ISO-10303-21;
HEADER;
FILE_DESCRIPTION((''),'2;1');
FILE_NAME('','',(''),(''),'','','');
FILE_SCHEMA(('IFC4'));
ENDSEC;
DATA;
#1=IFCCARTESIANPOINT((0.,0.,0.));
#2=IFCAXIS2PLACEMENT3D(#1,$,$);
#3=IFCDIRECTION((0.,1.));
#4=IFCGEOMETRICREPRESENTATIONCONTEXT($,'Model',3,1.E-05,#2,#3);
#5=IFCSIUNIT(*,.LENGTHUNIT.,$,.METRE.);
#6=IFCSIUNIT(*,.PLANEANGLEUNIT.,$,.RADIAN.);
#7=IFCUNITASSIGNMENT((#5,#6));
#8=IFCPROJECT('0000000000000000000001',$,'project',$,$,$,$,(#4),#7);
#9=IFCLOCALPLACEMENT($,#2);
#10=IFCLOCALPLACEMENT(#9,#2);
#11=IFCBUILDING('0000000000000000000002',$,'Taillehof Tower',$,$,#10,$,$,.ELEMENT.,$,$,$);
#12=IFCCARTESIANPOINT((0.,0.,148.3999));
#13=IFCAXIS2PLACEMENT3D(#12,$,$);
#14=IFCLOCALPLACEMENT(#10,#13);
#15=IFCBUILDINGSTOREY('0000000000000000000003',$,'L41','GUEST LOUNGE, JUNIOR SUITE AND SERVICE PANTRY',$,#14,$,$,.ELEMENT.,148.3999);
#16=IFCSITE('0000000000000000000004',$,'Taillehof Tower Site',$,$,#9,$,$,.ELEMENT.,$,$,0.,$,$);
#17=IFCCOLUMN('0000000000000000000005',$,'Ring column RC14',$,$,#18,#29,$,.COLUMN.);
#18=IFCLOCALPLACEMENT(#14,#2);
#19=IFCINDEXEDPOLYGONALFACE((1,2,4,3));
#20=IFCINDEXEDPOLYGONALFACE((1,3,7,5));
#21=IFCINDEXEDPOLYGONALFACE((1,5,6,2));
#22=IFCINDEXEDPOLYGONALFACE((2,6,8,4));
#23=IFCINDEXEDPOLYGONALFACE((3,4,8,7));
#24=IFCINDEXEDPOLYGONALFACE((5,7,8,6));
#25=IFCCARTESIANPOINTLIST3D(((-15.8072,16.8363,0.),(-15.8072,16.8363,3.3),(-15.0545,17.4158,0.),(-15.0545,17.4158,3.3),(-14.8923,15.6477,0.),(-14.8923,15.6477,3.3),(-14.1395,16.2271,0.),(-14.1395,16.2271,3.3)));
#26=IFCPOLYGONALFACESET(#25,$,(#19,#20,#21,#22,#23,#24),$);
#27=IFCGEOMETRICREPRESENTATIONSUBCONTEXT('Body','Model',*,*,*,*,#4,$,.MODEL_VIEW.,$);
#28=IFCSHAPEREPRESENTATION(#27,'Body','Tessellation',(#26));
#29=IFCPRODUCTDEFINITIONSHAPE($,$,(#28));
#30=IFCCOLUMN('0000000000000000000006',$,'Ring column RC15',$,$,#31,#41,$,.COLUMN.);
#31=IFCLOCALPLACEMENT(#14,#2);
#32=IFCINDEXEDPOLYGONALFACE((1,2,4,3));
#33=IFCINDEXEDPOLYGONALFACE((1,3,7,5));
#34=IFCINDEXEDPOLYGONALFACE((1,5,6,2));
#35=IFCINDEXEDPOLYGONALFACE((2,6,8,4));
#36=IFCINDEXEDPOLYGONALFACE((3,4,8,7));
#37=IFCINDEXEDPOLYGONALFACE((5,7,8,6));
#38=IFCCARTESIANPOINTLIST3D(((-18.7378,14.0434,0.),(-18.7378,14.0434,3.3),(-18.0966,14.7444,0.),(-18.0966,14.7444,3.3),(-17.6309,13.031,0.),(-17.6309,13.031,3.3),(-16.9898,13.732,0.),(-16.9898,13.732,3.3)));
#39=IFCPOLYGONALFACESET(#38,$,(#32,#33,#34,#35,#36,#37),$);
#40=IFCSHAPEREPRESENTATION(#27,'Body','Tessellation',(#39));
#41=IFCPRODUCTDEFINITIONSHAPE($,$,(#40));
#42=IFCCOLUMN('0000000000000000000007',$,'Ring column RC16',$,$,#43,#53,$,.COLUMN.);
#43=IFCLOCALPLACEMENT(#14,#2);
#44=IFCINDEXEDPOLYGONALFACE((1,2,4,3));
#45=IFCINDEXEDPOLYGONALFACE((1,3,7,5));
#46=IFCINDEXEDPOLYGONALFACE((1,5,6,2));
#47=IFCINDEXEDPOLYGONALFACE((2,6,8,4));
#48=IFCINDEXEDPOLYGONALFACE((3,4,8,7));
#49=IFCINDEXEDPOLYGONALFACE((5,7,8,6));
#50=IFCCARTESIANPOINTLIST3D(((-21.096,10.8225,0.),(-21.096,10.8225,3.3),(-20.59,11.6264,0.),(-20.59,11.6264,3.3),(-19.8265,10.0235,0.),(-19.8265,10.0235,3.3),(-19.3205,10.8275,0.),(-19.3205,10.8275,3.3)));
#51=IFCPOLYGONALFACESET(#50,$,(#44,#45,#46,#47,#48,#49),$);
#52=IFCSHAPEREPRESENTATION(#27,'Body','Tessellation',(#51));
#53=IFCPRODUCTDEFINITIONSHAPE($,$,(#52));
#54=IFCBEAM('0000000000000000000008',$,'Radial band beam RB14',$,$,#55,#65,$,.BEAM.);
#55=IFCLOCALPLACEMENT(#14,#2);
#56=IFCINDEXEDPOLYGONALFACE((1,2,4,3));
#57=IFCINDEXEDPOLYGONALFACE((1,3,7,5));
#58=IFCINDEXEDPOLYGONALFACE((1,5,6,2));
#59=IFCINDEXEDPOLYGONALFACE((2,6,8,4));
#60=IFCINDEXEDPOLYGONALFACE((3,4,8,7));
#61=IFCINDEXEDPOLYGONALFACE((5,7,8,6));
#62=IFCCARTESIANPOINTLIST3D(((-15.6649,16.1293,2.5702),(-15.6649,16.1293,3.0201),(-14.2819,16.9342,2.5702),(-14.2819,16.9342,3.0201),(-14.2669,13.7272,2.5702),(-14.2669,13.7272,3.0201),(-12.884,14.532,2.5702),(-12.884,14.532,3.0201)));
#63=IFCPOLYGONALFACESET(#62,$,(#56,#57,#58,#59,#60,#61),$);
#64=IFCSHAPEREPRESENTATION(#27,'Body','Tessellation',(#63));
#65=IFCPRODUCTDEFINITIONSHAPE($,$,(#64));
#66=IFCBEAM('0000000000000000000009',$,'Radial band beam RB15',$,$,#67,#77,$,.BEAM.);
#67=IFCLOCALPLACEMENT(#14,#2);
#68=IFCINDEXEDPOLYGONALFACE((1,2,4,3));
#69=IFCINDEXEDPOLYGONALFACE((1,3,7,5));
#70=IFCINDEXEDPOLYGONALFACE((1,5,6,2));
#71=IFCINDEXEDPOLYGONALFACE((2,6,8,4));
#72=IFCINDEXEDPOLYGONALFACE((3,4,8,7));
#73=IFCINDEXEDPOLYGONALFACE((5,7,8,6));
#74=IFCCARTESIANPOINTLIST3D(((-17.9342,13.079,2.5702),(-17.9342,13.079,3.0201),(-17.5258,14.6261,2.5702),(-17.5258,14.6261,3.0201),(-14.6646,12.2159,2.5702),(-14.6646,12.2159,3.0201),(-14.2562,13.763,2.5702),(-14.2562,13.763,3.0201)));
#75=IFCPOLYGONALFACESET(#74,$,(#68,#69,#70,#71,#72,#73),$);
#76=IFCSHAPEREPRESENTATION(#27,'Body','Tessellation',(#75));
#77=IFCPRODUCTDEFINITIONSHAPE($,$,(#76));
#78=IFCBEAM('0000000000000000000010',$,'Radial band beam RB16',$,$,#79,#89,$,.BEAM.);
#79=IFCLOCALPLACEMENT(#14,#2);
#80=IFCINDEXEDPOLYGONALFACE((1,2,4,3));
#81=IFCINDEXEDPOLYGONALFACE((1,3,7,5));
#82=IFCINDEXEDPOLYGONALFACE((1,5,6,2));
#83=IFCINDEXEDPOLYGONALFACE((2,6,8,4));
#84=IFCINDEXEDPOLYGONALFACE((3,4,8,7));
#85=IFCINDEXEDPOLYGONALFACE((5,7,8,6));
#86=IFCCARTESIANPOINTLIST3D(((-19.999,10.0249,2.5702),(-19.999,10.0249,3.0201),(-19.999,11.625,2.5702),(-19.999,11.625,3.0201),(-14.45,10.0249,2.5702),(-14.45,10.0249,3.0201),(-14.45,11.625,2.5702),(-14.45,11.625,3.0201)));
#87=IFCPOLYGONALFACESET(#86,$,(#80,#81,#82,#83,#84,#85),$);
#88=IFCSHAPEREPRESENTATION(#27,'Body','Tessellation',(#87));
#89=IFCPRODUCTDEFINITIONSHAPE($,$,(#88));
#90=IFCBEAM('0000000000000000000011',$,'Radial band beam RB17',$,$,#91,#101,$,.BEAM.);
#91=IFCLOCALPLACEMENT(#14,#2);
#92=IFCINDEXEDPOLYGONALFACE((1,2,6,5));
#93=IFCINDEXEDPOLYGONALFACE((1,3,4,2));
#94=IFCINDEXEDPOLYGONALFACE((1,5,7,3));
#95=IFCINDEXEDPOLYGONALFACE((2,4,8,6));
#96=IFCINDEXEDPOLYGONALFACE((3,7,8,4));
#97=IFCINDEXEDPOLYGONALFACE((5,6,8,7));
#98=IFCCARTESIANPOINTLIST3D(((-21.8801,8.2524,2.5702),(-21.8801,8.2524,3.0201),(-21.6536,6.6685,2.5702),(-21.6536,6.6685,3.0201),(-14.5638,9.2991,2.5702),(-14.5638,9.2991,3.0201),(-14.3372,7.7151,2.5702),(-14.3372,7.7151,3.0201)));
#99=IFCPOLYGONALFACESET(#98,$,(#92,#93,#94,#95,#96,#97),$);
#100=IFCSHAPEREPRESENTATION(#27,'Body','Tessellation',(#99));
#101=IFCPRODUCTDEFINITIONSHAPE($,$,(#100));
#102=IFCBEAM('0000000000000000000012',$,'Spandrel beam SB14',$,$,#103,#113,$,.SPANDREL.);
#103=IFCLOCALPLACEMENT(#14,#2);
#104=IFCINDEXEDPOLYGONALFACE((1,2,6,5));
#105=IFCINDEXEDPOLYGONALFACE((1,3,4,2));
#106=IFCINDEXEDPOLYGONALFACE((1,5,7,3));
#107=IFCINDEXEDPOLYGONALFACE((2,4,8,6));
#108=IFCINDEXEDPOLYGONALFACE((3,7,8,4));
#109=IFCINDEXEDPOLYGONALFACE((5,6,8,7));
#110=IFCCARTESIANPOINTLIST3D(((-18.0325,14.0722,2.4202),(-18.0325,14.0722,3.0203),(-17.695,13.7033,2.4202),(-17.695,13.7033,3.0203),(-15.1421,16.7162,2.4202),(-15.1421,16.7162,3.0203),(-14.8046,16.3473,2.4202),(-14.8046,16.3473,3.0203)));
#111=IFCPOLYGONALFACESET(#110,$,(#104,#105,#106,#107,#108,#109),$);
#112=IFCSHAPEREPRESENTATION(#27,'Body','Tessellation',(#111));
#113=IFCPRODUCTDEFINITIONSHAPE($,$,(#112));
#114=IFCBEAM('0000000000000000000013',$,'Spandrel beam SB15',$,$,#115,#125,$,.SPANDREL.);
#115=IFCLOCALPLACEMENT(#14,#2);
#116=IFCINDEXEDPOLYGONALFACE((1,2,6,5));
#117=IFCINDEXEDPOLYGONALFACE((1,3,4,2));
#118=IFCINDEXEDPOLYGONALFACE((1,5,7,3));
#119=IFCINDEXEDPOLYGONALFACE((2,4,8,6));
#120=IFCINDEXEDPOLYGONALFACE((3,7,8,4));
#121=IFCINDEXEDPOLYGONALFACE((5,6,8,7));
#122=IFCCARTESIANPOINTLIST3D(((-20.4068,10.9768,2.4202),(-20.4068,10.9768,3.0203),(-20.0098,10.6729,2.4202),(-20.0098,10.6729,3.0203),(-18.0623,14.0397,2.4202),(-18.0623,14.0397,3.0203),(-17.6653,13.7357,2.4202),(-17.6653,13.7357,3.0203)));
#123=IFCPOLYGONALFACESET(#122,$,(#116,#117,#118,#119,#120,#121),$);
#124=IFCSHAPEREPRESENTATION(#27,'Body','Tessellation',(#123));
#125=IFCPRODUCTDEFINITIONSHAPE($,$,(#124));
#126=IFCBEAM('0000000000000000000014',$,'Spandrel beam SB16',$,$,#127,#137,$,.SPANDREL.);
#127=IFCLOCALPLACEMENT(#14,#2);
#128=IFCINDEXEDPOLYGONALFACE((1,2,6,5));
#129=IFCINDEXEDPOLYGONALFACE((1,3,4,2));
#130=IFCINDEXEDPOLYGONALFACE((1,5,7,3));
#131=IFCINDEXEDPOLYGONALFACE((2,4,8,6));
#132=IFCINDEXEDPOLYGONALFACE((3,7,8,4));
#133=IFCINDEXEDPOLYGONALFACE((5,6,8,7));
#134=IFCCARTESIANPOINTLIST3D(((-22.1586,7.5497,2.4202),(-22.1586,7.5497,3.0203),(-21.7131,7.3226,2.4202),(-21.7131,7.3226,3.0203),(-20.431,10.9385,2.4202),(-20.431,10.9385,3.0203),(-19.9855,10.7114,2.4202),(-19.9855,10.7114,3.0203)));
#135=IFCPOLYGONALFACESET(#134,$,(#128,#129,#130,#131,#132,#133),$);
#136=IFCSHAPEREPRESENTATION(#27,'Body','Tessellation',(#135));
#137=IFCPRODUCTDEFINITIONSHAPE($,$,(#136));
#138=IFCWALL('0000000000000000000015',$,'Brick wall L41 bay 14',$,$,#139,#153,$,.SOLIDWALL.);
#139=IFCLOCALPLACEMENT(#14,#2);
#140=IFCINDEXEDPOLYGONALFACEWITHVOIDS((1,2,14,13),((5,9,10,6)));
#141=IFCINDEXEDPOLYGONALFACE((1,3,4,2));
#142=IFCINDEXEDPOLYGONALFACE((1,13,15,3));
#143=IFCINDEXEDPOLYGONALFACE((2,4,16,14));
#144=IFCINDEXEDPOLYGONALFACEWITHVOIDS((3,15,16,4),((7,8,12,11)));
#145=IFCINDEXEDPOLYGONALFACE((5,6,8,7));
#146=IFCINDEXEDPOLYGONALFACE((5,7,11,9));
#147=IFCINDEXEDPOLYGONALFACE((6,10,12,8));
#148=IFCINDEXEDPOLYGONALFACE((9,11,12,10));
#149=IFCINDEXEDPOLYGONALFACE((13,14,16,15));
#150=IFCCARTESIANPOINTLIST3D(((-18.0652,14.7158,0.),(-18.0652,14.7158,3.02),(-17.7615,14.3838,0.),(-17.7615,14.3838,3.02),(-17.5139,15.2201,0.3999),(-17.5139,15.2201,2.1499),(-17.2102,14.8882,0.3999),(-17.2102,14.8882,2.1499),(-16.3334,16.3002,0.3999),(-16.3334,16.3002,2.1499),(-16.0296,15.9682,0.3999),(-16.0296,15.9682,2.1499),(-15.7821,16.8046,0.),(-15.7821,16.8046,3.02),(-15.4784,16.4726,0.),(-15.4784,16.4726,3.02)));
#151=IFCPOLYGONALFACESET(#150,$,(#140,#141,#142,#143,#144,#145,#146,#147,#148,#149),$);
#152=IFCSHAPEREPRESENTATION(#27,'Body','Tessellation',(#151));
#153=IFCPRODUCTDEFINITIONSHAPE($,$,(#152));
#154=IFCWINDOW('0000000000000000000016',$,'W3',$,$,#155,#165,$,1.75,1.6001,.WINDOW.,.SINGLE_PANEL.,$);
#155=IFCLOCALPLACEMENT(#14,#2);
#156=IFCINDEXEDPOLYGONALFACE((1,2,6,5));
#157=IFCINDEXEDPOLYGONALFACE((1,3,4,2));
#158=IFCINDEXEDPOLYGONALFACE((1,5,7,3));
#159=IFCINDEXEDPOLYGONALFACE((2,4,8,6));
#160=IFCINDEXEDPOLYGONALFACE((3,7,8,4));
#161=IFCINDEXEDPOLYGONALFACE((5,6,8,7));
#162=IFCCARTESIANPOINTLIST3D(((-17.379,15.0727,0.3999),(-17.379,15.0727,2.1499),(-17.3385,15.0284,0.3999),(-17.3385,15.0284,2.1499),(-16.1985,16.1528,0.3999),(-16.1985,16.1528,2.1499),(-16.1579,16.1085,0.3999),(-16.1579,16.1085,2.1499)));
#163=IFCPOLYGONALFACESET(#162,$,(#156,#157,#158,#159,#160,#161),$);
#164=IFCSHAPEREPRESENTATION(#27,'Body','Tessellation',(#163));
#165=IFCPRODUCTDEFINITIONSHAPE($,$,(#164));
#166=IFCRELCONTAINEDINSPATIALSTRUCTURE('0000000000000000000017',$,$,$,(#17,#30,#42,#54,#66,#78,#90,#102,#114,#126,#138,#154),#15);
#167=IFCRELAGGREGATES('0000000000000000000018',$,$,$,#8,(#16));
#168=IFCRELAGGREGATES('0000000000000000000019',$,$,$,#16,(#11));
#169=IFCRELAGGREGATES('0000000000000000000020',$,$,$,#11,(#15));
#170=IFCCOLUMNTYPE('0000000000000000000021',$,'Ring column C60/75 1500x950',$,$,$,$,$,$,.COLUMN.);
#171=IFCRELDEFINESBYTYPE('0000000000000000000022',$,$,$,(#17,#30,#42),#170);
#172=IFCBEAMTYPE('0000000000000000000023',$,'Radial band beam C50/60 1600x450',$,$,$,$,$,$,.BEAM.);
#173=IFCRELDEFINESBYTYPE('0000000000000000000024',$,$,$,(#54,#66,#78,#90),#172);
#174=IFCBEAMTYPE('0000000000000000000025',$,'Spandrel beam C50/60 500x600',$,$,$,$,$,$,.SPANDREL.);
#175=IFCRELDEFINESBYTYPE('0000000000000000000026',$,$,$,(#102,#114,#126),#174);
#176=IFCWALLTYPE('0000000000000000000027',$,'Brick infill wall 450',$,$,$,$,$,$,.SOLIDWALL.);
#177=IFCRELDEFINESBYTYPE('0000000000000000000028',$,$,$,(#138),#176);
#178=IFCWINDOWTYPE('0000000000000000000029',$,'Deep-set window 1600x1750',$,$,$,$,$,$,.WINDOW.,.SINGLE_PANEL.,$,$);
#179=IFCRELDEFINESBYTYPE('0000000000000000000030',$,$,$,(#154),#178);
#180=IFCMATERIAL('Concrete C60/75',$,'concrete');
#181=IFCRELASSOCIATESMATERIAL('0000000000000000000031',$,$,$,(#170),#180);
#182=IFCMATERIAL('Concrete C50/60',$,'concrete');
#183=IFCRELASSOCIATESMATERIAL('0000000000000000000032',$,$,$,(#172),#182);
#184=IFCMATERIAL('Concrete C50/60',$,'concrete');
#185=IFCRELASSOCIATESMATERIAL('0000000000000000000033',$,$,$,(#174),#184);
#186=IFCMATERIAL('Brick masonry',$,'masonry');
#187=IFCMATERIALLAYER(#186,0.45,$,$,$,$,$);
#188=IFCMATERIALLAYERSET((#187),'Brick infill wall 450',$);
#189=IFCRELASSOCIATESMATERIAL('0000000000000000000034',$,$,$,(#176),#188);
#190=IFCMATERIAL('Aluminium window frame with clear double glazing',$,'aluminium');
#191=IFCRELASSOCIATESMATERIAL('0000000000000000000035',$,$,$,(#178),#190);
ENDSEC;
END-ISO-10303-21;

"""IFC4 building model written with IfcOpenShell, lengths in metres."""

from ifc_helpers import new_model, si_unit, direction, frame, frame_2d, origin, origin_2d, place, context, subcontext, project, spatial, rectangle, extrude, material, layer, layer_set, material_profile, profile_set, type_object, element, fill, save


model = new_model("IFC4")

# Units and contexts
model_context = context("Model", 3, precision=1e-05, world=origin(), true_north=direction((0.0, 1.0)))
body_context = subcontext(model_context, "Body", "Model", "MODEL_VIEW")
ifc_project = project(units=[si_unit("LENGTHUNIT", "METRE"), si_unit("PLANEANGLEUNIT", "RADIAN")], contexts=[model_context])

# Site, building, storey
site_placement = place(None, origin())
site = spatial("IfcSite", under=ifc_project, at=site_placement, Name="Taillehof Tower Site", CompositionType="ELEMENT", RefElevation=0.0)
building_placement = place(site_placement, origin())
building = spatial("IfcBuilding", under=site, at=building_placement, Name="Taillehof Tower", CompositionType="ELEMENT")
storey_placement = place(building_placement, frame((0.0, 0.0, 148.3999)))
storey = spatial("IfcBuildingStorey", under=building, at=storey_placement, Name="L41", Description="GUEST LOUNGE, JUNIOR SUITE AND SERVICE PANTRY", CompositionType="ELEMENT", Elevation=148.3999)

# Columns
ifc_material_1 = material(Name="Concrete C60/75", Category="concrete")
ifc_material_profile_1 = material_profile(ifc_material_1, rectangle(XDim=1.5, YDim=0.95, at=origin_2d()), Name="RC 1500x950")
ifc_profile_set_1 = profile_set([ifc_material_profile_1], Name="Concrete C60/75")
column_type = type_object("IfcColumnType", Name="Ring column C60/75 1500x950", PredefinedType="COLUMN", material=ifc_profile_set_1)
for number, where, z_axis, x_axis, name in (
    (1, (-14.9734, 16.5317, 0.0), (0.0, 0.0, 1.0), (-0.609971, 0.792424, 0.0), "Ring column RC14"),
    (2, (-17.8638, 13.8877, 0.0), (0.0, 0.0, 1.0), (-0.737879, 0.674933, 0.0), "Ring column RC15"),
    (3, (-20.2083, 10.825, 0.0), (0.0, 0.0, 1.0), (-0.846334, 0.532652, 0.0), "Ring column RC16"),
):
    element("IfcColumn", number, at=place(storey_placement, frame(where, z_axis=z_axis, x_axis=x_axis)), inside=storey, type_object=column_type, Name=name, PredefinedType="COLUMN", context=body_context, shape_type="SweptSolid", body=[
        extrude(rectangle(XDim=1.5, YDim=0.95, at=origin_2d()), origin(), (0.0, 0.0, 1.0), 3.3),
    ])

# Beams
ifc_material_2 = material(Name="Concrete C50/60", Category="concrete")
ifc_material_profile_2 = material_profile(ifc_material_2, rectangle(XDim=1.6001, YDim=0.45, at=origin_2d()), Name="RC 1600x450")
ifc_profile_set_2 = profile_set([ifc_material_profile_2], Name="Concrete C50/60")
beam_type_1 = type_object("IfcBeamType", Name="Radial band beam C50/60 1600x450", PredefinedType="BEAM", material=ifc_profile_set_2)
beam_1_placement = place(storey_placement, frame((-14.9734, 16.5317, 2.7952), z_axis=(0.502991, -0.864291, 0.0), x_axis=(0.864291, 0.502991, 0.0)))
element("IfcBeam", 4, at=beam_1_placement, inside=storey, type_object=beam_type_1, Name="Radial band beam RB14", PredefinedType="BEAM", context=body_context, shape_type="SweptSolid", body=[
    extrude(rectangle(XDim=1.6001, YDim=0.45, at=origin_2d()), origin(), (0.0, 0.0, 1.0), 2.7793),
])
beam_2_placement = place(storey_placement, frame((-17.73, 13.8525, 2.7952), z_axis=(0.966883, -0.255222, 0.0), x_axis=(0.255222, 0.966883, 0.0)))
element("IfcBeam", 5, at=beam_2_placement, inside=storey, type_object=beam_type_1, Name="Radial band beam RB15", PredefinedType="BEAM", context=body_context, shape_type="SweptSolid", body=[
    extrude(rectangle(XDim=1.6001, YDim=0.45, at=origin_2d()), origin(), (0.0, 0.0, 1.0), 3.3816),
])
beam_3_placement = place(storey_placement, frame((-19.999, 10.825, 2.7952), z_axis=(1.0, 0.0, 0.0), x_axis=(0.0, 1.0, 0.0)))
element("IfcBeam", 6, at=beam_3_placement, inside=storey, type_object=beam_type_1, Name="Radial band beam RB16", PredefinedType="BEAM", context=body_context, shape_type="SweptSolid", body=[
    extrude(rectangle(XDim=1.6001, YDim=0.45, at=origin_2d()), origin(), (0.0, 0.0, 1.0), 5.5491),
])
beam_4_placement = place(storey_placement, frame((-21.7668, 7.4604, 2.7952), z_axis=(0.989922, 0.141611, 0.0), x_axis=(-0.141611, 0.989922, 0.0)))
element("IfcBeam", 7, at=beam_4_placement, inside=storey, type_object=beam_type_1, Name="Radial band beam RB17", PredefinedType="BEAM", context=body_context, shape_type="SweptSolid", body=[
    extrude(rectangle(XDim=1.6001, YDim=0.45, at=origin_2d()), origin(), (0.0, 0.0, 1.0), 7.3909),
])
ifc_material_3 = material(Name="Concrete C50/60", Category="concrete")
ifc_material_profile_3 = material_profile(ifc_material_3, rectangle(XDim=0.5, YDim=0.6001, at=origin_2d()), Name="RC 500x600")
ifc_profile_set_3 = profile_set([ifc_material_profile_3], Name="Concrete C50/60")
beam_type_2 = type_object("IfcBeamType", Name="Spandrel beam C50/60 500x600", PredefinedType="SPANDREL", material=ifc_profile_set_3)
beam_5_placement = place(storey_placement, frame((-14.9734, 16.5317, 2.7202), z_axis=(-0.73785, -0.674965, 0.0), x_axis=(0.674965, -0.73785, 0.0)))
element("IfcBeam", 8, at=beam_5_placement, inside=storey, type_object=beam_type_2, Name="Spandrel beam SB14", PredefinedType="SPANDREL", context=body_context, shape_type="SweptSolid", body=[
    extrude(rectangle(XDim=0.5, YDim=0.6001, at=origin_2d()), origin(), (0.0, 0.0, 1.0), 3.9172),
])
beam_6_placement = place(storey_placement, frame((-17.8638, 13.8877, 2.7202), z_axis=(-0.60784, -0.794059, 0.0), x_axis=(0.794059, -0.60784, 0.0)))
element("IfcBeam", 9, at=beam_6_placement, inside=storey, type_object=beam_type_2, Name="Spandrel beam SB15", PredefinedType="SPANDREL", context=body_context, shape_type="SweptSolid", body=[
    extrude(rectangle(XDim=0.5, YDim=0.6001, at=origin_2d()), origin(), (0.0, 0.0, 1.0), 3.8572),
])
beam_7_placement = place(storey_placement, frame((-20.2083, 10.825, 2.7202), z_axis=(-0.454183, -0.890908, 0.0), x_axis=(0.890908, -0.454183, 0.0)))
element("IfcBeam", 10, at=beam_7_placement, inside=storey, type_object=beam_type_2, Name="Spandrel beam SB16", PredefinedType="SPANDREL", context=body_context, shape_type="SweptSolid", body=[
    extrude(rectangle(XDim=0.5, YDim=0.6001, at=origin_2d()), origin(), (0.0, 0.0, 1.0), 3.8037),
])

# Wall, opening, window
ifc_material_4 = material(Name="Brick masonry", Category="masonry")
ifc_layer_1 = layer(ifc_material_4, 0.45)
ifc_layer_set_1 = layer_set([ifc_layer_1], Name="Brick infill wall 450")
wall_type_1 = type_object("IfcWallType", Name="Brick infill wall 450", PredefinedType="SOLIDWALL", material=ifc_layer_set_1)
wall_1_placement = place(storey_placement, frame((-15.6301, 16.6387, 0.0), z_axis=(0.0, 0.0, 1.0), x_axis=(-0.737809, -0.67501, 0.0)))
wall_1 = element("IfcWall", 11, at=wall_1_placement, inside=storey, type_object=wall_type_1, Name="Brick wall L41 bay 14", PredefinedType="SOLIDWALL", context=body_context, shape_type="SweptSolid", body=[
    extrude(rectangle(XDim=3.0945, YDim=0.45, at=frame_2d((1.5474, 0.0))), origin(), (0.0, 0.0, 1.0), 3.02),
])
opening_1_placement = place(wall_1_placement, frame((0.7473, 0.0, 0.3999)))
opening_1 = element("IfcOpeningElement", 12, at=opening_1_placement, cuts=wall_1, PredefinedType="OPENING", context=body_context, shape_type="SweptSolid", body=[
    extrude(rectangle(XDim=1.6001, YDim=1.75, at=frame_2d((0.8, 0.875))), frame((0.0, 0.2349, 0.0), z_axis=(0.0, -1.0, 0.0), x_axis=(1.0, 0.0, 0.0)), (0.0, 0.0, 1.0), 0.47),
])
ifc_material_5 = material(Name="Aluminium window frame with clear double glazing", Category="aluminium")
window_type = type_object("IfcWindowType", Name="Deep-set window 1600x1750", PartitioningType="SINGLE_PANEL", PredefinedType="WINDOW", material=ifc_material_5)
window_1_placement = place(opening_1_placement, origin())
window_1 = element("IfcWindow", 13, at=window_1_placement, inside=storey, type_object=window_type, Name="W3", OverallHeight=1.75, OverallWidth=1.6001, PartitioningType="SINGLE_PANEL", PredefinedType="WINDOW", context=body_context, shape_type="SweptSolid", body=[
    extrude(rectangle(XDim=1.6001, YDim=1.75, at=frame_2d((0.8, 0.875))), frame((0.0, 0.0349, 0.0), z_axis=(0.0, -1.0, 0.0), x_axis=(1.0, 0.0, 0.0)), (0.0, 0.0, 1.0), 0.0601),
])
fill(opening_1, window_1)

save(model, "model.ifc")
